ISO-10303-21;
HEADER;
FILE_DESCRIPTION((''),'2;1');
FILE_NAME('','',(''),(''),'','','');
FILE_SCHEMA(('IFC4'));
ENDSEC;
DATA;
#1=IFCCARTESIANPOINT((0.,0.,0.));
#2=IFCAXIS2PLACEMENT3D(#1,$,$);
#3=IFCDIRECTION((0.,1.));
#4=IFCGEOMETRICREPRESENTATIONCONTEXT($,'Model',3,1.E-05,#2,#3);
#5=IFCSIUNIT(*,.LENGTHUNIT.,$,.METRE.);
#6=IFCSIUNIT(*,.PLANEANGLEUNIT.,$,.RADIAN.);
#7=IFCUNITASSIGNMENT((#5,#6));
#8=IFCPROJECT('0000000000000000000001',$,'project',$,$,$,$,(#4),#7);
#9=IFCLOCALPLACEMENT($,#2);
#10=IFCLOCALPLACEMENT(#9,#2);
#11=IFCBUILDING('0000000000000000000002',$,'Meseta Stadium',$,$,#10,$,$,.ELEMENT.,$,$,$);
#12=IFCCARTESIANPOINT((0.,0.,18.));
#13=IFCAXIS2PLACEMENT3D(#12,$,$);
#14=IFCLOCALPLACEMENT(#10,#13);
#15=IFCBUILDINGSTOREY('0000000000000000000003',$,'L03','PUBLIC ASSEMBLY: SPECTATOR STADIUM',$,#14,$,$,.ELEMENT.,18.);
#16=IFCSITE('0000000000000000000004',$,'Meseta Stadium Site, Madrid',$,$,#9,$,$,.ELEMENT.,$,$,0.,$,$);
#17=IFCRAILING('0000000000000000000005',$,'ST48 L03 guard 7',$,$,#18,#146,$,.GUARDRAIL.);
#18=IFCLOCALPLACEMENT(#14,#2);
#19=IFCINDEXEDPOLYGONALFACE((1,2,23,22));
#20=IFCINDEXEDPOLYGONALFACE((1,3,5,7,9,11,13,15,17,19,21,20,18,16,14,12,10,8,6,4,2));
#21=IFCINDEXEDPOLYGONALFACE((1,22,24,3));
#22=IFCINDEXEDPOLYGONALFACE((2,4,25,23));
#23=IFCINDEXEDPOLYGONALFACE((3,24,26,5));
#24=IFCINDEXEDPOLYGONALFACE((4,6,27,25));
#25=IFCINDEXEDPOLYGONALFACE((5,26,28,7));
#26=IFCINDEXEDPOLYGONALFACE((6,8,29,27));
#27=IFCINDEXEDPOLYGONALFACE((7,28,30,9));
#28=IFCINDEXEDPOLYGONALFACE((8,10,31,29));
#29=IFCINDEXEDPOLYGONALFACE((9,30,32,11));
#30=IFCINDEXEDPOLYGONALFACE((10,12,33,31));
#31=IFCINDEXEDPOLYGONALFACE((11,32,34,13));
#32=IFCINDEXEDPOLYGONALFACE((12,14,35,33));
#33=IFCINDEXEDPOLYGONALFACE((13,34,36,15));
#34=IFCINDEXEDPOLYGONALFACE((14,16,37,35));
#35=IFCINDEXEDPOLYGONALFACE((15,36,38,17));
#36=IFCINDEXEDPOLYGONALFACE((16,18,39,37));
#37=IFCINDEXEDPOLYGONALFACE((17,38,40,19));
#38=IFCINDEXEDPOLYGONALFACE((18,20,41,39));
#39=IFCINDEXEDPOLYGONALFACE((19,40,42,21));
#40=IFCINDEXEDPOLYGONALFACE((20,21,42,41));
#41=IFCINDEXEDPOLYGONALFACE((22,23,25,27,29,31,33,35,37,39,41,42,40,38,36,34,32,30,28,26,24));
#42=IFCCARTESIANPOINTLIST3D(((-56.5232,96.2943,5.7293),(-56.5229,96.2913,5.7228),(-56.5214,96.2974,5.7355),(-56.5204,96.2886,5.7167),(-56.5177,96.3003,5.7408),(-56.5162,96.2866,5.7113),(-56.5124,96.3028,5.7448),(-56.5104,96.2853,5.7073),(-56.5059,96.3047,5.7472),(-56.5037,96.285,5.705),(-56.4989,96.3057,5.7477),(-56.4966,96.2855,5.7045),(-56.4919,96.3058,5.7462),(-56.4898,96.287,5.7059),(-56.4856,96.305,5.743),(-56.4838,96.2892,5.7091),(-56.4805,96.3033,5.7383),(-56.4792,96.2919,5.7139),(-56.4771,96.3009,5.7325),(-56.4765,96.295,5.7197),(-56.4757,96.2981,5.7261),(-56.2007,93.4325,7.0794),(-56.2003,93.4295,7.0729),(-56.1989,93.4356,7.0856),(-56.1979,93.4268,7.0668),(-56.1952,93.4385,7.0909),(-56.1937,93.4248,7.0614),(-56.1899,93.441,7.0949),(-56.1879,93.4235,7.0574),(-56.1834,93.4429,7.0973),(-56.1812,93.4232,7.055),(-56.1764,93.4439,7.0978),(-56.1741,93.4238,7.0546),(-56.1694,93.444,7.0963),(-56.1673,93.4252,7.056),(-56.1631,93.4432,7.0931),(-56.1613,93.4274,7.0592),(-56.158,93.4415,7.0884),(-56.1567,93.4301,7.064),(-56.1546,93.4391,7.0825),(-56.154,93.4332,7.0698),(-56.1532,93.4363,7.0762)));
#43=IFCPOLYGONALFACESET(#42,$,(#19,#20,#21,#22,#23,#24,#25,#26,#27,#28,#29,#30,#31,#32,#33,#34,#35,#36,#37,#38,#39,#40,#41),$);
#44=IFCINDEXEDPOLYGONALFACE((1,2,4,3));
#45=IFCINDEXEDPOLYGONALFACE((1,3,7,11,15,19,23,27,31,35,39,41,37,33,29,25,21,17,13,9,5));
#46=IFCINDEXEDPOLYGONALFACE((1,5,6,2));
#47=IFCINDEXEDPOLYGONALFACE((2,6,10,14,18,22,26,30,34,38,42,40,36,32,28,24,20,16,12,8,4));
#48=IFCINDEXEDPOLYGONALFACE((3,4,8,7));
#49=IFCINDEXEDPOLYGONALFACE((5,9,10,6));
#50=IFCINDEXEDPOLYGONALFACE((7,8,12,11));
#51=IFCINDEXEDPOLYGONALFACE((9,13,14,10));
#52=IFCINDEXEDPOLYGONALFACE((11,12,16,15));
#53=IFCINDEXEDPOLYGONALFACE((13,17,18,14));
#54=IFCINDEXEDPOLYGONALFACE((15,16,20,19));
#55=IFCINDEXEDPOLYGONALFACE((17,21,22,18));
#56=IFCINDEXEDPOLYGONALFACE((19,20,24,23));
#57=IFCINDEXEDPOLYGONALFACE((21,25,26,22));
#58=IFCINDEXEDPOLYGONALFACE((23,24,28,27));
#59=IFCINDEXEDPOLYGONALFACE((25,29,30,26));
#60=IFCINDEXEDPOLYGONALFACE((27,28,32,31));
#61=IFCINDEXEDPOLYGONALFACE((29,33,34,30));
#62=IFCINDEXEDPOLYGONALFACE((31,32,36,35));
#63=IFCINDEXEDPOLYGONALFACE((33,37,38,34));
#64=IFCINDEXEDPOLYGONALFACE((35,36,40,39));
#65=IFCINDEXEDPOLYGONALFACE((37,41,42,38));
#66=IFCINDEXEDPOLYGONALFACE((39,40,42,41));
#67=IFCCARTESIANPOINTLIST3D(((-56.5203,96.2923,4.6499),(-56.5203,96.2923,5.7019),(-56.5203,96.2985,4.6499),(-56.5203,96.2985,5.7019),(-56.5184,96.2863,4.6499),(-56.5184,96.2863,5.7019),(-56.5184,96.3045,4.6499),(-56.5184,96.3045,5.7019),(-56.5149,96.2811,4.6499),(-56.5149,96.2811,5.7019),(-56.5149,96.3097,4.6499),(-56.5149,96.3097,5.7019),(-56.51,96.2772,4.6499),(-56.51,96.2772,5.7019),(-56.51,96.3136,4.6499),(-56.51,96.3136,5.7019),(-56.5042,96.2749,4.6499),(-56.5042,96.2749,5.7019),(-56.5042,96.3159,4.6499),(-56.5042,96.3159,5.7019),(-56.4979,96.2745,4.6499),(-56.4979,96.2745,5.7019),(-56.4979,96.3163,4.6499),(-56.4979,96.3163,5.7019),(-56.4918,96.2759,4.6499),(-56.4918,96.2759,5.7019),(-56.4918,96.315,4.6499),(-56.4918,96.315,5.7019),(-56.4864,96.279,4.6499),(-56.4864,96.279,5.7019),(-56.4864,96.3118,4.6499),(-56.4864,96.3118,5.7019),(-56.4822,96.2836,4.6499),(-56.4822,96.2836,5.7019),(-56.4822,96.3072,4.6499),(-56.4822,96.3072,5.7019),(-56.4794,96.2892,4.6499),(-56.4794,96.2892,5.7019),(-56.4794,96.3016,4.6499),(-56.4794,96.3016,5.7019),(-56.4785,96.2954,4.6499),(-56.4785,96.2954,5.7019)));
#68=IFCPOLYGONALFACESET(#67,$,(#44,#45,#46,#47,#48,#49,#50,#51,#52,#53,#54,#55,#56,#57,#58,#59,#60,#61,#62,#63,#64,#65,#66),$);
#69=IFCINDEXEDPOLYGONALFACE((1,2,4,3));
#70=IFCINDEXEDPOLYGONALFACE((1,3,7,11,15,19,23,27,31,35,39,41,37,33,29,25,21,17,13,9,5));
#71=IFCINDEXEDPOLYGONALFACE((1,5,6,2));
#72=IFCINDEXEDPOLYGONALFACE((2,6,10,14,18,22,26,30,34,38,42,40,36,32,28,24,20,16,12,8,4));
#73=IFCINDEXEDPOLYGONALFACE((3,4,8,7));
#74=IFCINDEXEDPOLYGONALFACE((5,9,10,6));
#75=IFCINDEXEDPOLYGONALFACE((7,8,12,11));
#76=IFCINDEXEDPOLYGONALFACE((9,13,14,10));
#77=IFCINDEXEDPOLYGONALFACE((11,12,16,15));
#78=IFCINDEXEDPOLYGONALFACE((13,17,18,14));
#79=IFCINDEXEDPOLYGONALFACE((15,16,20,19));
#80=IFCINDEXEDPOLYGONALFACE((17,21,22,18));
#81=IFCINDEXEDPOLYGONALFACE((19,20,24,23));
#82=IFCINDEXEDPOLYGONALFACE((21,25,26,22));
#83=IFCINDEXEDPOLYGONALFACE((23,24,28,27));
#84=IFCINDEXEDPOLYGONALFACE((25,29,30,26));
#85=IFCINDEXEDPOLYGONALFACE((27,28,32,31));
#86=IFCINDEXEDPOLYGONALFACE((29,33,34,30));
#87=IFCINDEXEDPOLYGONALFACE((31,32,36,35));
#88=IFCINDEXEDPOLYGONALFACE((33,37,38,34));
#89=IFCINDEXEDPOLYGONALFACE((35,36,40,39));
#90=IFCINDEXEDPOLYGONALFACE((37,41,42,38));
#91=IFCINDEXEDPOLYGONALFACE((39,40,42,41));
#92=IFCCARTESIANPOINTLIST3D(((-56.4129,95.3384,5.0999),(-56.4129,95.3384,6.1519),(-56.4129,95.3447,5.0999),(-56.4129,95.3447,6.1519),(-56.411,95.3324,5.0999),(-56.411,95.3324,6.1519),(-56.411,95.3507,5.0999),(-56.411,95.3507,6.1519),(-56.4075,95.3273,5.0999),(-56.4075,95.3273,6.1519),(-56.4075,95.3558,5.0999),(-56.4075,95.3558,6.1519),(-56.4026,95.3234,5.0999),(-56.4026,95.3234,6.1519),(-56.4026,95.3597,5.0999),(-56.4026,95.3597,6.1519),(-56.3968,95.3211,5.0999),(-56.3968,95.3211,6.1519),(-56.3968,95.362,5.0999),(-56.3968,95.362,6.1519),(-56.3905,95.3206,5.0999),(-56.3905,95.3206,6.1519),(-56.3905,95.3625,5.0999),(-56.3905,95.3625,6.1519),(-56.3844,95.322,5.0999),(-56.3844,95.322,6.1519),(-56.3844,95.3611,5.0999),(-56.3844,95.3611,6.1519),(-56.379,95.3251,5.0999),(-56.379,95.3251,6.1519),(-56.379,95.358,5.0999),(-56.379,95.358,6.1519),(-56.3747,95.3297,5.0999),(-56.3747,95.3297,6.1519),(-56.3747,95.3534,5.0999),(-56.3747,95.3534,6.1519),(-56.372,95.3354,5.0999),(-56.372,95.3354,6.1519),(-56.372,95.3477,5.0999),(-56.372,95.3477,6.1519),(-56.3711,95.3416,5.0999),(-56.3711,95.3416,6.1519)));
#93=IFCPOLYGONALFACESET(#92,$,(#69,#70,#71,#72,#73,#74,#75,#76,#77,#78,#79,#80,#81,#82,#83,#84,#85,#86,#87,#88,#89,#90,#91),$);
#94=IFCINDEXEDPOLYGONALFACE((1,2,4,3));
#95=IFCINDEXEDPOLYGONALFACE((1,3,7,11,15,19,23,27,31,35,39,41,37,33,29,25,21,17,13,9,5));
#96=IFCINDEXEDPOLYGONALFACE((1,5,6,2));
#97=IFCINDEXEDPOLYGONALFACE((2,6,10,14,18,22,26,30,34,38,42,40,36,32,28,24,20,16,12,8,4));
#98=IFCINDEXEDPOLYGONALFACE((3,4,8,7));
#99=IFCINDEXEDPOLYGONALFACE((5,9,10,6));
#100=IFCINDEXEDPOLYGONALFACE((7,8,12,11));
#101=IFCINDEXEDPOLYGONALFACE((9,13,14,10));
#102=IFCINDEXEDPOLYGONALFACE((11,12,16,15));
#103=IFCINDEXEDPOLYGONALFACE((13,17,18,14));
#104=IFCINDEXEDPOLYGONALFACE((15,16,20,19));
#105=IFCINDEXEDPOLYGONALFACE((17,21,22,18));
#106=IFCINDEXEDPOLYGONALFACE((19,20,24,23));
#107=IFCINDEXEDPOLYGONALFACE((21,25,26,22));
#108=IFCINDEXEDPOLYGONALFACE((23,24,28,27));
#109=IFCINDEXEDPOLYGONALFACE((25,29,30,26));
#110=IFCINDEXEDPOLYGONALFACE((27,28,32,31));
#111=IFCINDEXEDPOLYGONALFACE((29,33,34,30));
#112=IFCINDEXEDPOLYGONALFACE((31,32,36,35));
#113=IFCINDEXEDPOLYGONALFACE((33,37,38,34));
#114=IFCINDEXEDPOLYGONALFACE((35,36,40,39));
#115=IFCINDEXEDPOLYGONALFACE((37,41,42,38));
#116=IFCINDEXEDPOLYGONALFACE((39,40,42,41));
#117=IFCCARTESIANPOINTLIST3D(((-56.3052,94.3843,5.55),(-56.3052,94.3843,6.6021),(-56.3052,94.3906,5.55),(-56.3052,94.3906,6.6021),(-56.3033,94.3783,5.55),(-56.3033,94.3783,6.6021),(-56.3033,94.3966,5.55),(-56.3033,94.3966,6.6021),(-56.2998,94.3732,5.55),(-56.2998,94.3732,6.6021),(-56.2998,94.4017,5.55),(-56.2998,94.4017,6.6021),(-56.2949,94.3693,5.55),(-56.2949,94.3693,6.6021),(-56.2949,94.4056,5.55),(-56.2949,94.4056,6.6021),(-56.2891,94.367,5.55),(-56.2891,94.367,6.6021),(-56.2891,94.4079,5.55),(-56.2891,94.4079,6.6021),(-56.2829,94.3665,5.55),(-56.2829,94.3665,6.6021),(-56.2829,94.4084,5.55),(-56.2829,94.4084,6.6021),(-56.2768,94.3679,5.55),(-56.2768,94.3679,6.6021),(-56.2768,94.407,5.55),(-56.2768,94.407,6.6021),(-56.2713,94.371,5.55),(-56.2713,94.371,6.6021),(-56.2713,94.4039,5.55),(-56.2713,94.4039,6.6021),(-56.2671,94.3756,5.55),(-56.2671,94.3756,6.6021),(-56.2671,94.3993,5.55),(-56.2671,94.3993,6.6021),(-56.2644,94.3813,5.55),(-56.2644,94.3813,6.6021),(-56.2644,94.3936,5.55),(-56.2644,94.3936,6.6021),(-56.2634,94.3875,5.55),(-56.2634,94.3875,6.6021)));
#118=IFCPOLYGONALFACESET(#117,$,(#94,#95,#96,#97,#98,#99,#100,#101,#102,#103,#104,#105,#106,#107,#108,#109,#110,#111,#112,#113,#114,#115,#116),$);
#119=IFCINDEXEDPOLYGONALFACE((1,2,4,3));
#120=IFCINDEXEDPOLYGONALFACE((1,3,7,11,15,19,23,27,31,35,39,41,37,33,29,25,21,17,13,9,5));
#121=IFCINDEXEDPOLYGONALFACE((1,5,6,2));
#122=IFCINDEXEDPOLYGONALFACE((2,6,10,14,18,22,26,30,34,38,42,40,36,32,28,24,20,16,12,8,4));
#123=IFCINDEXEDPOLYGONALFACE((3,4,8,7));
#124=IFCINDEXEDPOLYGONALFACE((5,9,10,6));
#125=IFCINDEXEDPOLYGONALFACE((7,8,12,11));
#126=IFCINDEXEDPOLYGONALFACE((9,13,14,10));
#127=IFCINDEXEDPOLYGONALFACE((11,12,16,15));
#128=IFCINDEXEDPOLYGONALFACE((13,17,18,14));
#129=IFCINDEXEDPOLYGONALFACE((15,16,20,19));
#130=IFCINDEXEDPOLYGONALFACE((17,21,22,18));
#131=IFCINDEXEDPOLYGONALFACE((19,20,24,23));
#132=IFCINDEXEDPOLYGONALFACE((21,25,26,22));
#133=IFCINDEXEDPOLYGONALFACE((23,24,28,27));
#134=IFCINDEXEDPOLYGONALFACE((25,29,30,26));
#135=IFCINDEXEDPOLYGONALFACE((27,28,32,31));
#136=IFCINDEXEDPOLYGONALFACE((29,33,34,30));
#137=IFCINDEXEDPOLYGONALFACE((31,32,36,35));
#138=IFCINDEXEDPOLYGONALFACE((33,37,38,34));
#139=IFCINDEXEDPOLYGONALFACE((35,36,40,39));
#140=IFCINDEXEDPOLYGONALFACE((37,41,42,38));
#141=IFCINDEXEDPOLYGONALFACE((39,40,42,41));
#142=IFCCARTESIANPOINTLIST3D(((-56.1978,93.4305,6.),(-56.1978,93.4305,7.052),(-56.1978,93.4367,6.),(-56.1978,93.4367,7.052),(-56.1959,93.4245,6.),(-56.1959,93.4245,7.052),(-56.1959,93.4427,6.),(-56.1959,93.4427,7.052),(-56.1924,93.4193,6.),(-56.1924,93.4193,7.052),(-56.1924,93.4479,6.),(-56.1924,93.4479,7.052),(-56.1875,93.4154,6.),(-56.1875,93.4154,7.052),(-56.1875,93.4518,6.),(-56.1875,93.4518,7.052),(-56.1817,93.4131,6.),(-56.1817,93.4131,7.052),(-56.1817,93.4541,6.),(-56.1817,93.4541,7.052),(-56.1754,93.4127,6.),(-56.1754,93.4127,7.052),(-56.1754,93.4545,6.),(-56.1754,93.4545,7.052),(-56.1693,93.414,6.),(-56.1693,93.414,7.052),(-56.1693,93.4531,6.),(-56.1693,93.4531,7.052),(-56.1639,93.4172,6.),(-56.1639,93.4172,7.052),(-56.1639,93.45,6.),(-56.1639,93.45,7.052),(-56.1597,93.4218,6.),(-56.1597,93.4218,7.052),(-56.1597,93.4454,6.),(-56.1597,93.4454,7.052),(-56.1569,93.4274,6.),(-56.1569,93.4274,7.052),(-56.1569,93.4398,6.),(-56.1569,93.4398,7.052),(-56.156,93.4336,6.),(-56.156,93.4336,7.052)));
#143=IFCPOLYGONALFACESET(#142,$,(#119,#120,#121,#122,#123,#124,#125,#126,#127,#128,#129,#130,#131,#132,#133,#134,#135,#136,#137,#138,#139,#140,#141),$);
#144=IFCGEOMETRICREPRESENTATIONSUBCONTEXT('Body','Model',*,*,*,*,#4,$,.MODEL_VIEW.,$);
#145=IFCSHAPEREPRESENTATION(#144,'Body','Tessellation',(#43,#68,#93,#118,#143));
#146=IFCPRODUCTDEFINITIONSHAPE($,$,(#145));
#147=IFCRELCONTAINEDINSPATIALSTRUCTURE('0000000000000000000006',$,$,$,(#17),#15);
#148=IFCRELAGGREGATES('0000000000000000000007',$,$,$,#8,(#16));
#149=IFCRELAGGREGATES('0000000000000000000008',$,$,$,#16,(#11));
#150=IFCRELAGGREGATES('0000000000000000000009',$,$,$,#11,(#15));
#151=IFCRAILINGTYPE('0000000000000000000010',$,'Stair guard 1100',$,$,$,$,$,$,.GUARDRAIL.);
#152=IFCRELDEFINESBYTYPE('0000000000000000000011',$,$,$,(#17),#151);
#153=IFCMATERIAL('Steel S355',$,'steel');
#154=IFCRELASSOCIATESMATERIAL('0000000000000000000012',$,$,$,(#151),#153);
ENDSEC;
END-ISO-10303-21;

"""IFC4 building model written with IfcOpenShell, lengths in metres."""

from ifc_helpers import new_model, si_unit, direction, frame, origin, origin_2d, place, context, subcontext, project, spatial, circle, extrude, material, type_object, element, save


model = new_model("IFC4")

# Units and contexts
model_context = context("Model", 3, precision=1e-05, world=origin(), true_north=direction((0.0, 1.0)))
body_context = subcontext(model_context, "Body", "Model", "MODEL_VIEW")
ifc_project = project(units=[si_unit("LENGTHUNIT", "METRE"), si_unit("PLANEANGLEUNIT", "RADIAN")], contexts=[model_context])

# Site, building, storey
site_placement = place(None, origin())
site = spatial("IfcSite", under=ifc_project, at=site_placement, Name="Meseta Stadium Site, Madrid", CompositionType="ELEMENT", RefElevation=0.0)
building_placement = place(site_placement, origin())
building = spatial("IfcBuilding", under=site, at=building_placement, Name="Meseta Stadium", CompositionType="ELEMENT")
storey_placement = place(building_placement, frame((0.0, 0.0, 18.0)))
storey = spatial("IfcBuildingStorey", under=building, at=storey_placement, Name="L03", Description="PUBLIC ASSEMBLY: SPECTATOR STADIUM", CompositionType="ELEMENT", Elevation=18.0)

# Railing
ifc_material_1 = material(Name="Steel S355", Category="steel")
railing_type_1 = type_object("IfcRailingType", Name="Stair guard 1100", PredefinedType="GUARDRAIL", material=ifc_material_1)
railing_1_placement = place(storey_placement, frame((-56.4995, 96.2954, 4.6499)))
element("IfcRailing", 1, at=railing_1_placement, inside=storey, type_object=railing_type_1, Name="ST48 L03 guard 7", PredefinedType="GUARDRAIL", context=body_context, shape_type="SweptSolid", body=[
    extrude(circle(Radius=0.0239, at=origin_2d()), frame((0.0, 0.0, 1.0762), z_axis=(0.101396, -0.899748, 0.424467), x_axis=(0.99371, 0.111985, 0.0)), (0.0, 0.0, 1.0), 3.1807),
    extrude(circle(Radius=0.021, at=origin_2d()), origin(), (0.0, 0.0, 1.0), 1.052),
    extrude(circle(Radius=0.021, at=origin_2d()), frame((0.1074, -0.9539, 0.45)), (0.0, 0.0, 1.0), 1.052),
    extrude(circle(Radius=0.021, at=origin_2d()), frame((0.2151, -1.908, 0.9001)), (0.0, 0.0, 1.0), 1.052),
    extrude(circle(Radius=0.021, at=origin_2d()), frame((0.3225, -2.8618, 1.3501)), (0.0, 0.0, 1.0), 1.052),
])

save(model, "model.ifc")
